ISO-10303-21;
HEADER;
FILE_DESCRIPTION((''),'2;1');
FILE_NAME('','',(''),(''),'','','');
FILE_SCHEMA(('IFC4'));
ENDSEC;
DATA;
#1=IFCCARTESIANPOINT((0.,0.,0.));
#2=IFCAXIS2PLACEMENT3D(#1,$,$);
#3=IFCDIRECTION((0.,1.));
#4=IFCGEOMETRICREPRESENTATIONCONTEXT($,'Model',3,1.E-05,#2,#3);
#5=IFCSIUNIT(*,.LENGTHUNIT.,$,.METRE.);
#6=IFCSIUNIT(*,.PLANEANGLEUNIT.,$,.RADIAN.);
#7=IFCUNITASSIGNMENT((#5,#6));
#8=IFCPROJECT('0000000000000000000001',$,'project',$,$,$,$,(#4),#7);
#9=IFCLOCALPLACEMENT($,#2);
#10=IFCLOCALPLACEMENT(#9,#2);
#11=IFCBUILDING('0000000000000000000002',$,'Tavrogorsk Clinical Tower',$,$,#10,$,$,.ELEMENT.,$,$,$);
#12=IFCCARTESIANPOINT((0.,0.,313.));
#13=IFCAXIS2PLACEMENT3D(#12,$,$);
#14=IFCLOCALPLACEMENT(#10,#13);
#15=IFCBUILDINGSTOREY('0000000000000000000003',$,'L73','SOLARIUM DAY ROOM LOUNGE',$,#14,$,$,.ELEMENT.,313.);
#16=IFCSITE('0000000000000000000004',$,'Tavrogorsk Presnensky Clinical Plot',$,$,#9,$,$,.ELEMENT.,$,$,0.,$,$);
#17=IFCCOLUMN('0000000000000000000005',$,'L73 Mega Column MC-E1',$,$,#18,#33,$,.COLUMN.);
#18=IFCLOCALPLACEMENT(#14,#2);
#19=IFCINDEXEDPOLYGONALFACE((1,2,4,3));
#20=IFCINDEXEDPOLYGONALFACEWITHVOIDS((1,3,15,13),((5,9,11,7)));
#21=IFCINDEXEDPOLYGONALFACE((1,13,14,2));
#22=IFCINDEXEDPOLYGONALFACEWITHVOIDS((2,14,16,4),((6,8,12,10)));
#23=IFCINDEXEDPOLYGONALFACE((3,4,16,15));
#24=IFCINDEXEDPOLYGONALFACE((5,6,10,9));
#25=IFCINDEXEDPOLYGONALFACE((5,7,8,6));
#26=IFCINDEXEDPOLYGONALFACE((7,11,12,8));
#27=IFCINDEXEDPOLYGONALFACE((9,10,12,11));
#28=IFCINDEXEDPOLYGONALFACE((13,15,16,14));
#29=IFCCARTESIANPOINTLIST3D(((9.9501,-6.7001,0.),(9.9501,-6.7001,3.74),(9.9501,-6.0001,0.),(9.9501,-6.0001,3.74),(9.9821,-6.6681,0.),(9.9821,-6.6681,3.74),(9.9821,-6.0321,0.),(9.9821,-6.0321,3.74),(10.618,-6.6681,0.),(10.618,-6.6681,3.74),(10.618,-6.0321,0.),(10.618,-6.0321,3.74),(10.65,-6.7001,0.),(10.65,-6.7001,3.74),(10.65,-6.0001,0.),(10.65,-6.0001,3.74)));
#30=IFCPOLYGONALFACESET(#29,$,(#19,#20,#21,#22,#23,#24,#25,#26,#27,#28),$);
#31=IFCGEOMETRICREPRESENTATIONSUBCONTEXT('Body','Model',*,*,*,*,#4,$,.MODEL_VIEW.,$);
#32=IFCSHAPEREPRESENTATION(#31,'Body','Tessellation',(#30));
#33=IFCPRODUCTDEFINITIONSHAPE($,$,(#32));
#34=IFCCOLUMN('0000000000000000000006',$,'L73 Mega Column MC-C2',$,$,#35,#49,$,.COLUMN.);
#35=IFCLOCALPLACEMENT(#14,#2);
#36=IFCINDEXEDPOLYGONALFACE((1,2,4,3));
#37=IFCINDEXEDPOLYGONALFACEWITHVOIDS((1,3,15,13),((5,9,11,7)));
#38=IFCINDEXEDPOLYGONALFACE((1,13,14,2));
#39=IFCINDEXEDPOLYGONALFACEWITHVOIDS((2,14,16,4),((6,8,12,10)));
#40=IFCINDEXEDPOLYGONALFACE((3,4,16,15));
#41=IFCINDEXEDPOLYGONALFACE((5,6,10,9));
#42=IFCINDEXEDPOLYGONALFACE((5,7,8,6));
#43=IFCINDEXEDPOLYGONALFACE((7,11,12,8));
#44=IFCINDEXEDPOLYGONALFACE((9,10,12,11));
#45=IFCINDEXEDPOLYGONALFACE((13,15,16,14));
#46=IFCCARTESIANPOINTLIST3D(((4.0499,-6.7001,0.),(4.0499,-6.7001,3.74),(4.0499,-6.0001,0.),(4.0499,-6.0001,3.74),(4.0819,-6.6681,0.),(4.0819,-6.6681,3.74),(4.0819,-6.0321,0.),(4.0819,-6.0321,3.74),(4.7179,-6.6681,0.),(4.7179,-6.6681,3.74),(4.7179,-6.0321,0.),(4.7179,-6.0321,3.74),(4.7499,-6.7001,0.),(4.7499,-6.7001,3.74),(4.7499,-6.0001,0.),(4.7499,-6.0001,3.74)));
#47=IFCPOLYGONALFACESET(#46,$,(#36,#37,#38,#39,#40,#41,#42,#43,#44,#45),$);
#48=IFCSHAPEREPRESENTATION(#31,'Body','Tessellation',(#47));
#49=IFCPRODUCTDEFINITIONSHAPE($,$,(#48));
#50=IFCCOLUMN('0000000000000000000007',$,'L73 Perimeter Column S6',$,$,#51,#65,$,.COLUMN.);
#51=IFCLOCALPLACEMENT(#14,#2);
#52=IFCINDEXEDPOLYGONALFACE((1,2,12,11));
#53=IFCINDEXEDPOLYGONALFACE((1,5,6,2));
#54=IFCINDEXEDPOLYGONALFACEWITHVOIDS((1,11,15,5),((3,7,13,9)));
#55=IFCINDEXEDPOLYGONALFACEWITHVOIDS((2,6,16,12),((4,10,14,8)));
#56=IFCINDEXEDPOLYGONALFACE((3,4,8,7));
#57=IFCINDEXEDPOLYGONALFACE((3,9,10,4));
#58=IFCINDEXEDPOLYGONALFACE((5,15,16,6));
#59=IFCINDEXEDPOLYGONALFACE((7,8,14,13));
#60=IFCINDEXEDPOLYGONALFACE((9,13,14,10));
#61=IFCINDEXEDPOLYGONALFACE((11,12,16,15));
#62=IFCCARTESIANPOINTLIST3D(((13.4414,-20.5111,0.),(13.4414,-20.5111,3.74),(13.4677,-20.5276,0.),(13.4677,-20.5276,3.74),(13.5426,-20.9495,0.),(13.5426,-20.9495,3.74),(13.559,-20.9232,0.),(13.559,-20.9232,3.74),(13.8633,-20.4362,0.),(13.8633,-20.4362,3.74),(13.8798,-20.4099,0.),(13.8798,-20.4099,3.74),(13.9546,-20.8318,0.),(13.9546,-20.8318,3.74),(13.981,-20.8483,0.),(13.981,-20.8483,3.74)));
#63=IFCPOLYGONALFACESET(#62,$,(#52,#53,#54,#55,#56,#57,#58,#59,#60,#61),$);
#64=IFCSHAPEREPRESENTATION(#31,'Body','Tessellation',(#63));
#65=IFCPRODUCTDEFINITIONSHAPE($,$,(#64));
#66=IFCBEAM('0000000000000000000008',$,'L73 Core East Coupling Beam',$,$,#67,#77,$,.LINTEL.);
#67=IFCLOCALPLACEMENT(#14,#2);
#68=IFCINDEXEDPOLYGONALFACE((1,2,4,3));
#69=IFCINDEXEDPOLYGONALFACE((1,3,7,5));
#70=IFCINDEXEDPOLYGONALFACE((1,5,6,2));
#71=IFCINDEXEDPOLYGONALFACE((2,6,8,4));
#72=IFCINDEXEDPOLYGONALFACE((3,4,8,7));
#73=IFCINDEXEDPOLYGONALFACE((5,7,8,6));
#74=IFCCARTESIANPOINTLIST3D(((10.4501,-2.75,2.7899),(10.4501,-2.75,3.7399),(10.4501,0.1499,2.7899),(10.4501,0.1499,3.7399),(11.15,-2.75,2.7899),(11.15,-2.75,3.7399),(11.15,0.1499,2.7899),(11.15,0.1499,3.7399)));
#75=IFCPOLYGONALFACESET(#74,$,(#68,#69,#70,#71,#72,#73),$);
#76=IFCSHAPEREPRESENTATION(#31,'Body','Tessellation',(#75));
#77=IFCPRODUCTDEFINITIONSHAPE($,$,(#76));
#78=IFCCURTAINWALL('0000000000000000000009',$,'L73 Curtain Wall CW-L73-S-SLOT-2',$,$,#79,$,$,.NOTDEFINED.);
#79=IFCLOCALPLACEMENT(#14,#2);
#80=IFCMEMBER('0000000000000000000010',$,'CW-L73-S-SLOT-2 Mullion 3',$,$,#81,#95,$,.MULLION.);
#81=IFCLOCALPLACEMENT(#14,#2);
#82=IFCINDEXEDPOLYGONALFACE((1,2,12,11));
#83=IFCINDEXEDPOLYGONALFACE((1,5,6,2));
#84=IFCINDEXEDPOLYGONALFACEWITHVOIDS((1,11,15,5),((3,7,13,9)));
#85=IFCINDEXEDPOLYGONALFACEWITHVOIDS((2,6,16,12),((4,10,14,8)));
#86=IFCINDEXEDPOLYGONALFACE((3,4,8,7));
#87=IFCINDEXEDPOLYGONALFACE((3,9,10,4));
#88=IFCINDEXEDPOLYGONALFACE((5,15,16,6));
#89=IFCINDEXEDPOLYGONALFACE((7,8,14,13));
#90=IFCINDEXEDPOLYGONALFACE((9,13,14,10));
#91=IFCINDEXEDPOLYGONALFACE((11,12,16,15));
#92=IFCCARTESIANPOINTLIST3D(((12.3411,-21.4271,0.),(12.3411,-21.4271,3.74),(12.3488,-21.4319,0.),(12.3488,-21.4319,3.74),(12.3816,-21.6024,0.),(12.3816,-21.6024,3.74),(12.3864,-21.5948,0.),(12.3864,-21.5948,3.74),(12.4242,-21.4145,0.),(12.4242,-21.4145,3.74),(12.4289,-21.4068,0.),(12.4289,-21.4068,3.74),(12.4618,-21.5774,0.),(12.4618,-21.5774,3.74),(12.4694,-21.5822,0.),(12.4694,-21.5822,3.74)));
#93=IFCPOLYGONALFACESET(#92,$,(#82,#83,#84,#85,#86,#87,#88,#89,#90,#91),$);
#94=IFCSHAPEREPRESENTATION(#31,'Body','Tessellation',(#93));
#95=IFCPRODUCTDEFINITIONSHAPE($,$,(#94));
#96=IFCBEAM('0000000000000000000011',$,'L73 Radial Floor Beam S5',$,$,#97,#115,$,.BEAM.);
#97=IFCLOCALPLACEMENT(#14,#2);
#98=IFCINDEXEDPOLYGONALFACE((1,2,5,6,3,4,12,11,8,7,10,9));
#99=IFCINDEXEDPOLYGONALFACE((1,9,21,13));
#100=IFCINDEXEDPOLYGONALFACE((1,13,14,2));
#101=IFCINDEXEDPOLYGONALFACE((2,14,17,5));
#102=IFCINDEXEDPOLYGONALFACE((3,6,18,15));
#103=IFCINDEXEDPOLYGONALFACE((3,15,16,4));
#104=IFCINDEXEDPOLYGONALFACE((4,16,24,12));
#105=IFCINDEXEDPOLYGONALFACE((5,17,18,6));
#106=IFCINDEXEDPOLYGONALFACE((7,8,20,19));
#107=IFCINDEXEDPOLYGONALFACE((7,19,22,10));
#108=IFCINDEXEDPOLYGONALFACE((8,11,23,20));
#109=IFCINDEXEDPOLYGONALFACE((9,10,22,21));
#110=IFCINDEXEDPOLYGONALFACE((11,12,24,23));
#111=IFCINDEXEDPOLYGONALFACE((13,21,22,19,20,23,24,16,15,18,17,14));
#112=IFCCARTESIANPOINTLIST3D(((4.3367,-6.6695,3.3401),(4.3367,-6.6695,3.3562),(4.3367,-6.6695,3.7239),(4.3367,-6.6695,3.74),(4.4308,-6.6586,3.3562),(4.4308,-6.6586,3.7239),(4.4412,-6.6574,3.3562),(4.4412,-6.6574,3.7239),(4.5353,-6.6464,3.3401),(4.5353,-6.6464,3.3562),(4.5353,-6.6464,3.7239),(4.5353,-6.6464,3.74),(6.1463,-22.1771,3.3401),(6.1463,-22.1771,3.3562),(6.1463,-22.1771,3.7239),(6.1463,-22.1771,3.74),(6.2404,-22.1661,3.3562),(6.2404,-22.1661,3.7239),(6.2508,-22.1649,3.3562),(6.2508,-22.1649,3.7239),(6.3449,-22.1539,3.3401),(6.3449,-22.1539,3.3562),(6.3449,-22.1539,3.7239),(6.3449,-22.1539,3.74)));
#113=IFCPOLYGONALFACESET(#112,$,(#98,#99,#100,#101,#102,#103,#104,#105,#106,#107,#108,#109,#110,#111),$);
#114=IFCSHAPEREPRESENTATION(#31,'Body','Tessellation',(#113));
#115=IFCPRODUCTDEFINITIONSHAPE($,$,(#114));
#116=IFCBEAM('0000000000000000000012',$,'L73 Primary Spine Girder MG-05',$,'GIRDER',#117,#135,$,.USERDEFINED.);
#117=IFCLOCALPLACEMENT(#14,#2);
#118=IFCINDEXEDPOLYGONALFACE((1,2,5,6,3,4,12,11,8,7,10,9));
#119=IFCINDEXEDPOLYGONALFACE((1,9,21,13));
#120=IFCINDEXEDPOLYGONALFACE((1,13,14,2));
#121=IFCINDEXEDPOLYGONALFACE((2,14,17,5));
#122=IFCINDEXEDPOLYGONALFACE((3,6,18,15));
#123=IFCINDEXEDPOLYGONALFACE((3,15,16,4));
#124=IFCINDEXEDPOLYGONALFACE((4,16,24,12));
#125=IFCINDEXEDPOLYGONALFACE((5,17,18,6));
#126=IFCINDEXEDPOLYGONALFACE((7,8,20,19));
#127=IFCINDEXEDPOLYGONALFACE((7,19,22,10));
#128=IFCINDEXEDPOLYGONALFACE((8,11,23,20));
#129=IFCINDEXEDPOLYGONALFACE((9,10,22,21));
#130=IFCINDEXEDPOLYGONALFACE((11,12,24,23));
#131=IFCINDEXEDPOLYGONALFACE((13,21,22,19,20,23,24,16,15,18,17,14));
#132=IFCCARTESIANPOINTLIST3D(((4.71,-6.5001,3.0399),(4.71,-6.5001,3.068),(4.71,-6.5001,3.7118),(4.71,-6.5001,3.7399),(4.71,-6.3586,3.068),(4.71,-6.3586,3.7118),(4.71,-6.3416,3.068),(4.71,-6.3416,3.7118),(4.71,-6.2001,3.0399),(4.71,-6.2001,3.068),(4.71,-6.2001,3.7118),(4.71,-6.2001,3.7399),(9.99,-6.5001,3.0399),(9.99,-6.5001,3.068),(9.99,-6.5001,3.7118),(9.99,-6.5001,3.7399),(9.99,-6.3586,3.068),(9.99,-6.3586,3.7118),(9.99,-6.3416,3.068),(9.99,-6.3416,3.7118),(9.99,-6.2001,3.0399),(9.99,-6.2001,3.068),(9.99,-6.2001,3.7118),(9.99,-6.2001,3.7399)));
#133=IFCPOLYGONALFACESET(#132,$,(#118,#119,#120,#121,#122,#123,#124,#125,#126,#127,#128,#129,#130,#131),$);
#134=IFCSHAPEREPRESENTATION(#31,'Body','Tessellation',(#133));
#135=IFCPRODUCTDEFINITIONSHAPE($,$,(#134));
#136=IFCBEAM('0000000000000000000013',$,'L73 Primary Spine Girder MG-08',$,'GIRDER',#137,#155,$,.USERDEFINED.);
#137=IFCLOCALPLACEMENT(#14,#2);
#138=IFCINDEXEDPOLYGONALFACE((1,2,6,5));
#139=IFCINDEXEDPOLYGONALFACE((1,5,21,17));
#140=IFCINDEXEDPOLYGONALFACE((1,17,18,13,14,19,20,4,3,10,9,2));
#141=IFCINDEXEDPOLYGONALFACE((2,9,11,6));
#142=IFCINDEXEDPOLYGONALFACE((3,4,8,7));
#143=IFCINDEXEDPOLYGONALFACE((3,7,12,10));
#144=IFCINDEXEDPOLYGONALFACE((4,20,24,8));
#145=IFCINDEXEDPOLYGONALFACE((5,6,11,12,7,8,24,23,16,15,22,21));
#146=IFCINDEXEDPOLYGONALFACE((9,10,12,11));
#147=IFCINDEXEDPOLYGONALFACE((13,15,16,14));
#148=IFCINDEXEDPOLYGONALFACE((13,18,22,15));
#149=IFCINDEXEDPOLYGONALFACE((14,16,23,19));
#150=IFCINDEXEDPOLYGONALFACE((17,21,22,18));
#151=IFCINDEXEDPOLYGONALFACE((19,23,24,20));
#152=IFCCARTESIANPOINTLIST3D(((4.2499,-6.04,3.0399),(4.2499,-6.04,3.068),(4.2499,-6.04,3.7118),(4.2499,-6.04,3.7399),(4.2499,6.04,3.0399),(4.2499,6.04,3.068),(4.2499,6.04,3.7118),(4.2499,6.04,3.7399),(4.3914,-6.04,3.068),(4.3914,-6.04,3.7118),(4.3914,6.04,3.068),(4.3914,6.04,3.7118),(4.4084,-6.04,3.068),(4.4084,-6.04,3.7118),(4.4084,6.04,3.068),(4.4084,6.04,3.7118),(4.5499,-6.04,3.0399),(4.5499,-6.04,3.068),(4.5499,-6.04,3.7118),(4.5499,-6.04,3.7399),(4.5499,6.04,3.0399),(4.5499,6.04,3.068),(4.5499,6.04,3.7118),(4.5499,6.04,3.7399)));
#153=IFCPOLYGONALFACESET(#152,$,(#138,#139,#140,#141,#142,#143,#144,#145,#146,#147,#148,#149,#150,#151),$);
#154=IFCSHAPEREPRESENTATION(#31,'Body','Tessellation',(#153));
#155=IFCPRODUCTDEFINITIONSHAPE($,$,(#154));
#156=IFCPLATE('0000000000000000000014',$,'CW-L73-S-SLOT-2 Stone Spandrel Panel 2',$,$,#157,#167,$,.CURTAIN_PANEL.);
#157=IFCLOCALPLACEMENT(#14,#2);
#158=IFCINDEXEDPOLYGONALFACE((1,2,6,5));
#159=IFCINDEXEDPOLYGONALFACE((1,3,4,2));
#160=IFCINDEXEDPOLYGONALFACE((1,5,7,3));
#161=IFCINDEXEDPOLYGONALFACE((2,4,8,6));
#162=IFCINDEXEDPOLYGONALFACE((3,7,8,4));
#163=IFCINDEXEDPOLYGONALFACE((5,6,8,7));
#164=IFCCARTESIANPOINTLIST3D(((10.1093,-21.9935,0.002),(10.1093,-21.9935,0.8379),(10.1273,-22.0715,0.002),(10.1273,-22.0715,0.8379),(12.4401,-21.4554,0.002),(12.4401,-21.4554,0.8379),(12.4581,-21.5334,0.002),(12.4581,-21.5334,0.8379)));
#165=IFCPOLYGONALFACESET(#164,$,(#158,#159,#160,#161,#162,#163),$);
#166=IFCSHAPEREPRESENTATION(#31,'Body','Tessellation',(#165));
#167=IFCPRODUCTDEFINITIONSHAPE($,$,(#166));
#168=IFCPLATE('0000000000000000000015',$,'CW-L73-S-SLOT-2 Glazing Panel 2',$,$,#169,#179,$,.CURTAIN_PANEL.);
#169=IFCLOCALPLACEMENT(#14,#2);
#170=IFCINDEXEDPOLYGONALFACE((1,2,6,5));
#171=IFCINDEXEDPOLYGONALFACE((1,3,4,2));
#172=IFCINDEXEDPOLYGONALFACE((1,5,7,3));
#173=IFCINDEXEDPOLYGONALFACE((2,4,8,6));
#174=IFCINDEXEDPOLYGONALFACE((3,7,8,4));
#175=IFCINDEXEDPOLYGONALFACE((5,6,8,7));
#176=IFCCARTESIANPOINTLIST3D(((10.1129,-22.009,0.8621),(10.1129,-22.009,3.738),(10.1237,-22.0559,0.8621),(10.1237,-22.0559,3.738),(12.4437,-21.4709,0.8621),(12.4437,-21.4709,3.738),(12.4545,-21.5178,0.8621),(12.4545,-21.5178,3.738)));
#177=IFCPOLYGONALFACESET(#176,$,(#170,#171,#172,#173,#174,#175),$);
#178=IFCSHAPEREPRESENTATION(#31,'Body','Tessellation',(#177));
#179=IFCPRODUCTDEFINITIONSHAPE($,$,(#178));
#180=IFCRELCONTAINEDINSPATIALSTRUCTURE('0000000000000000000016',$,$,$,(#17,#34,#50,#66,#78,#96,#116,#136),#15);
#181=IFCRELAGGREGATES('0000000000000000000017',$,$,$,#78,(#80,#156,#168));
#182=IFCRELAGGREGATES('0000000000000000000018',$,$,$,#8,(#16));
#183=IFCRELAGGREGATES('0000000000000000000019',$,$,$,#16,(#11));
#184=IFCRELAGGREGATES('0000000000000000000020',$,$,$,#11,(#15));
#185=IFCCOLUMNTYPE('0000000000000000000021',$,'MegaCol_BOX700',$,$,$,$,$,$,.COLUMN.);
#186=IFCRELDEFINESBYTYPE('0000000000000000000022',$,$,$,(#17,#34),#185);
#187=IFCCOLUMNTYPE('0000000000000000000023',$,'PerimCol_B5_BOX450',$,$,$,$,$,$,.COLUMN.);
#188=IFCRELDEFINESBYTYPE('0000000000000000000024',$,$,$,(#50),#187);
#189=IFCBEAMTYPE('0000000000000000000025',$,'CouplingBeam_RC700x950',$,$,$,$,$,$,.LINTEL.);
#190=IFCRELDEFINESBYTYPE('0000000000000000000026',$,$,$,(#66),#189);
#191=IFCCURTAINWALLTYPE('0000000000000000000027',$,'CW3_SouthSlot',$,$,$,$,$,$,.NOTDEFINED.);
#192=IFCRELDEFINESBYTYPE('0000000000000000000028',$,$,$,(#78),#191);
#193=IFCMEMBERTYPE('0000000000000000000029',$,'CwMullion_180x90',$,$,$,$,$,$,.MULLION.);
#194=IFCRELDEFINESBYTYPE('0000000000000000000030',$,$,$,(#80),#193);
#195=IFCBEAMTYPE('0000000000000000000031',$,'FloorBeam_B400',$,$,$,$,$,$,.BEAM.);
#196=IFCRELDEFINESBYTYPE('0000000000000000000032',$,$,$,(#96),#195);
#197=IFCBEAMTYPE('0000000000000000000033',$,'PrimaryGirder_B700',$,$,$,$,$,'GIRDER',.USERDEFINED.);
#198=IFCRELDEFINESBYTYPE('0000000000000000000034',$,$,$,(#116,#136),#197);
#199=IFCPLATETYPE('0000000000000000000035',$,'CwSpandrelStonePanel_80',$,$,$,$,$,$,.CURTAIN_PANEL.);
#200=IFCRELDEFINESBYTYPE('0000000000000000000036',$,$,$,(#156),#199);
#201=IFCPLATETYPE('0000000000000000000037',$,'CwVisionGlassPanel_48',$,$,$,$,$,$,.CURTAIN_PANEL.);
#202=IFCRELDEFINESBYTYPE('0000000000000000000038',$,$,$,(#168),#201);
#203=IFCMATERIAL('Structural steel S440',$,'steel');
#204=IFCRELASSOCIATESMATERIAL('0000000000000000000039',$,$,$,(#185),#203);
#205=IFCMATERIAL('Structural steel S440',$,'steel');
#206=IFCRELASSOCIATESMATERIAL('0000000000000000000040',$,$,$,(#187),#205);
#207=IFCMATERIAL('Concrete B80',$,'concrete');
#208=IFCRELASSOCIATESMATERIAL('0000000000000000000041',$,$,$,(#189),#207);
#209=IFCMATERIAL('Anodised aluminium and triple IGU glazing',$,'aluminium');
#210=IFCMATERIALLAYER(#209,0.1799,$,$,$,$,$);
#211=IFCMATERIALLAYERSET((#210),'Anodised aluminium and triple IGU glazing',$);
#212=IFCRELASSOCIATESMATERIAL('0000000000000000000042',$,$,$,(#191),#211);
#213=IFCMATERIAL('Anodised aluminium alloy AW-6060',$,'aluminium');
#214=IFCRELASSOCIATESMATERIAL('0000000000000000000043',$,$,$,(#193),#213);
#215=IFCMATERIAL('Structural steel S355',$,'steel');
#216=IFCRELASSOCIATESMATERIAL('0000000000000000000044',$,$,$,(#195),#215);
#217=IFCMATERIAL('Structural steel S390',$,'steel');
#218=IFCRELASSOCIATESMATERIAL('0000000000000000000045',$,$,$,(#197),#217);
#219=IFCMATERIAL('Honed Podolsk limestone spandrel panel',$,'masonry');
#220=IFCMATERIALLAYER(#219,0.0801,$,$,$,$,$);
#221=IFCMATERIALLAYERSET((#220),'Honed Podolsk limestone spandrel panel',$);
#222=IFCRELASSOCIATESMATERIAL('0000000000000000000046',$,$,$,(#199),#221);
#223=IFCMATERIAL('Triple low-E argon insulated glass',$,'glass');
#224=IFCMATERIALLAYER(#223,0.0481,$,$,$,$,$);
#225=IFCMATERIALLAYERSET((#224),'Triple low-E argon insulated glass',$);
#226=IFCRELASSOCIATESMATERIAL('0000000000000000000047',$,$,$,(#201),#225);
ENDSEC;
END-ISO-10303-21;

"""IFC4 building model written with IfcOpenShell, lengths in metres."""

from ifc_helpers import new_model, si_unit, direction, frame, origin, origin_2d, place, context, subcontext, project, spatial, rectangle, hollow_rectangle, i_section, extrude, material, layer, layer_set, material_profile, profile_set, type_object, element, aggregate, save


model = new_model("IFC4")

# Units and contexts
model_context = context("Model", 3, precision=1e-05, world=origin(), true_north=direction((0.0, 1.0)))
body_context = subcontext(model_context, "Body", "Model", "MODEL_VIEW")
ifc_project = project(units=[si_unit("LENGTHUNIT", "METRE"), si_unit("PLANEANGLEUNIT", "RADIAN")], contexts=[model_context])

# Site, building, storey
site_placement = place(None, origin())
site = spatial("IfcSite", under=ifc_project, at=site_placement, Name="Tavrogorsk Presnensky Clinical Plot", CompositionType="ELEMENT", RefElevation=0.0)
building_placement = place(site_placement, origin())
building = spatial("IfcBuilding", under=site, at=building_placement, Name="Tavrogorsk Clinical Tower", CompositionType="ELEMENT")
storey_placement = place(building_placement, frame((0.0, 0.0, 313.0)))
storey = spatial("IfcBuildingStorey", under=building, at=storey_placement, Name="L73", Description="SOLARIUM DAY ROOM LOUNGE", CompositionType="ELEMENT", Elevation=313.0)

# Columns
ifc_material_1 = material(Name="Structural steel S440", Category="steel")
ifc_material_profile_1 = material_profile(ifc_material_1, hollow_rectangle(XDim=0.7, YDim=0.7, WallThickness=0.032, at=origin_2d()), Name="BOX-700x700x32")
ifc_profile_set_1 = profile_set([ifc_material_profile_1], Name="Structural steel S440")
column_type_1 = type_object("IfcColumnType", Name="MegaCol_BOX700", PredefinedType="COLUMN", material=ifc_profile_set_1)
for number, where, z_axis, x_axis, name in (
    (1, (10.3, -6.3501, 0.0), (0.0, 0.0, 1.0), (1.0, 0.0, 0.0), "L73 Mega Column MC-E1"),
    (2, (4.3999, -6.3501, 0.0), (0.0, 0.0, 1.0), (1.0, 0.0, 0.0), "L73 Mega Column MC-C2"),
):
    element("IfcColumn", number, at=place(storey_placement, frame(where, z_axis=z_axis, x_axis=x_axis)), inside=storey, type_object=column_type_1, Name=name, PredefinedType="COLUMN", context=body_context, shape_type="SweptSolid", body=[
        extrude(hollow_rectangle(XDim=0.7, YDim=0.7, WallThickness=0.032, at=origin_2d()), origin(), (0.0, 0.0, 1.0), 3.74),
    ])
ifc_material_2 = material(Name="Structural steel S440", Category="steel")
ifc_material_profile_2 = material_profile(ifc_material_2, hollow_rectangle(XDim=0.45, YDim=0.45, WallThickness=0.022, at=origin_2d()), Name="BOX-450x450x22")
ifc_profile_set_2 = profile_set([ifc_material_profile_2], Name="Structural steel S440")
column_type_2 = type_object("IfcColumnType", Name="PerimCol_B5_BOX450", PredefinedType="COLUMN", material=ifc_profile_set_2)
column_placement = place(storey_placement, frame((13.7112, -20.6797, 0.0), z_axis=(0.0, 0.0, 1.0), x_axis=(0.97437, 0.224951, 0.0)))
element("IfcColumn", 3, at=column_placement, inside=storey, type_object=column_type_2, Name="L73 Perimeter Column S6", PredefinedType="COLUMN", context=body_context, shape_type="SweptSolid", body=[
    extrude(hollow_rectangle(XDim=0.45, YDim=0.45, WallThickness=0.022, at=origin_2d()), origin(), (0.0, 0.0, 1.0), 3.74),
])

# Beam
ifc_material_3 = material(Name="Concrete B80", Category="concrete")
ifc_material_profile_3 = material_profile(ifc_material_3, rectangle(XDim=0.7, YDim=0.95, at=origin_2d()), Name="RC-CB-700x950")
ifc_profile_set_3 = profile_set([ifc_material_profile_3], Name="Concrete B80")
beam_type_1 = type_object("IfcBeamType", Name="CouplingBeam_RC700x950", PredefinedType="LINTEL", material=ifc_profile_set_3)
beam_1_placement = place(storey_placement, frame((10.8, -2.75, 3.2649), z_axis=(0.0, 1.0, 0.0), x_axis=(-1.0, 0.0, 0.0)))
element("IfcBeam", 4, at=beam_1_placement, inside=storey, type_object=beam_type_1, Name="L73 Core East Coupling Beam", PredefinedType="LINTEL", context=body_context, shape_type="SweptSolid", body=[
    extrude(rectangle(XDim=0.7, YDim=0.95, at=origin_2d()), origin(), (0.0, 0.0, 1.0), 2.8999),
])

# Curtain wall, member
ifc_material_4 = material(Name="Anodised aluminium and triple IGU glazing", Category="aluminium")
ifc_layer_1 = layer(ifc_material_4, 0.1799)
ifc_layer_set_1 = layer_set([ifc_layer_1], Name="Anodised aluminium and triple IGU glazing")
curtain_wall_type = type_object("IfcCurtainWallType", Name="CW3_SouthSlot", PredefinedType="NOTDEFINED", material=ifc_layer_set_1)
curtain_wall_placement = place(storey_placement, origin())
curtain_wall = element("IfcCurtainWall", 5, at=curtain_wall_placement, inside=storey, type_object=curtain_wall_type, Name="L73 Curtain Wall CW-L73-S-SLOT-2", PredefinedType="NOTDEFINED")
ifc_material_5 = material(Name="Anodised aluminium alloy AW-6060", Category="aluminium")
ifc_material_profile_4 = material_profile(ifc_material_5, hollow_rectangle(XDim=0.0901, YDim=0.1799, WallThickness=0.0063, at=origin_2d()), Name="RHS-180x90x6.3")
ifc_profile_set_4 = profile_set([ifc_material_profile_4], Name="Anodised aluminium alloy AW-6060")
member_type = type_object("IfcMemberType", Name="CwMullion_180x90", PredefinedType="MULLION", material=ifc_profile_set_4)
member_placement = place(storey_placement, frame((12.4053, -21.5046, 0.0), z_axis=(0.0, 0.0, 1.0), x_axis=(0.97437, 0.224951, 0.0)))
member = element("IfcMember", 6, at=member_placement, type_object=member_type, Name="CW-L73-S-SLOT-2 Mullion 3", PredefinedType="MULLION", context=body_context, shape_type="SweptSolid", body=[
    extrude(hollow_rectangle(XDim=0.0901, YDim=0.1799, WallThickness=0.0063, at=origin_2d()), origin(), (0.0, 0.0, 1.0), 3.74),
])

# Beams
ifc_material_6 = material(Name="Structural steel S355", Category="steel")
ifc_material_profile_5 = material_profile(ifc_material_6, i_section(OverallWidth=0.2, OverallDepth=0.3999, WebThickness=0.0105, FlangeThickness=0.0161, at=origin_2d()), Name="B-400x200x10.5x16")
ifc_profile_set_5 = profile_set([ifc_material_profile_5], Name="Structural steel S355")
beam_type_2 = type_object("IfcBeamType", Name="FloorBeam_B400", PredefinedType="BEAM", material=ifc_profile_set_5)
beam_2_placement = place(storey_placement, frame((4.436, -6.658, 3.54), z_axis=(0.115903, -0.993261, 0.0), x_axis=(0.993261, 0.115903, 0.0)))
element("IfcBeam", 7, at=beam_2_placement, inside=storey, type_object=beam_type_2, Name="L73 Radial Floor Beam S5", PredefinedType="BEAM", context=body_context, shape_type="SweptSolid", body=[
    extrude(i_section(OverallWidth=0.2, OverallDepth=0.3999, WebThickness=0.0105, FlangeThickness=0.0161, at=origin_2d()), origin(), (0.0, 0.0, 1.0), 15.6128),
])
ifc_material_7 = material(Name="Structural steel S390", Category="steel")
ifc_material_profile_6 = material_profile(ifc_material_7, i_section(OverallWidth=0.3, OverallDepth=0.7, WebThickness=0.0171, FlangeThickness=0.0281, at=origin_2d()), Name="B-700x300x17x28")
ifc_profile_set_6 = profile_set([ifc_material_profile_6], Name="Structural steel S390")
beam_type_3 = type_object("IfcBeamType", Name="PrimaryGirder_B700", ElementType="GIRDER", PredefinedType="USERDEFINED", material=ifc_profile_set_6)
beam_3_placement = place(storey_placement, frame((4.71, -6.3501, 3.3899), z_axis=(1.0, 0.0, 0.0), x_axis=(0.0, 1.0, 0.0)))
element("IfcBeam", 8, at=beam_3_placement, inside=storey, type_object=beam_type_3, Name="L73 Primary Spine Girder MG-05", ObjectType="GIRDER", PredefinedType="USERDEFINED", context=body_context, shape_type="SweptSolid", body=[
    extrude(i_section(OverallWidth=0.3, OverallDepth=0.7, WebThickness=0.0171, FlangeThickness=0.0281, at=origin_2d()), origin(), (0.0, 0.0, 1.0), 5.28),
])
beam_4_placement = place(storey_placement, frame((4.3999, -6.04, 3.3899), z_axis=(0.0, 1.0, 0.0), x_axis=(-1.0, 0.0, 0.0)))
element("IfcBeam", 9, at=beam_4_placement, inside=storey, type_object=beam_type_3, Name="L73 Primary Spine Girder MG-08", ObjectType="GIRDER", PredefinedType="USERDEFINED", context=body_context, shape_type="SweptSolid", body=[
    extrude(i_section(OverallWidth=0.3, OverallDepth=0.7, WebThickness=0.0171, FlangeThickness=0.0281, at=origin_2d()), origin(), (0.0, 0.0, 1.0), 12.0801),
])

# Plates
ifc_material_8 = material(Name="Honed Podolsk limestone spandrel panel", Category="masonry")
ifc_layer_2 = layer(ifc_material_8, 0.0801)
ifc_layer_set_2 = layer_set([ifc_layer_2], Name="Honed Podolsk limestone spandrel panel")
plate_type_1 = type_object("IfcPlateType", Name="CwSpandrelStonePanel_80", PredefinedType="CURTAIN_PANEL", material=ifc_layer_set_2)
plate_1_placement = place(storey_placement, frame((11.2837, -21.7634, 0.002), z_axis=(0.0, 0.0, 1.0), x_axis=(0.97437, 0.224951, 0.0)))
plate_1 = element("IfcPlate", 10, at=plate_1_placement, type_object=plate_type_1, Name="CW-L73-S-SLOT-2 Stone Spandrel Panel 2", PredefinedType="CURTAIN_PANEL", context=body_context, shape_type="SweptSolid", body=[
    extrude(rectangle(XDim=2.3921, YDim=0.0801, at=origin_2d()), origin(), (0.0, 0.0, 1.0), 0.8359),
])
ifc_material_9 = material(Name="Triple low-E argon insulated glass", Category="glass")
ifc_layer_3 = layer(ifc_material_9, 0.0481)
ifc_layer_set_3 = layer_set([ifc_layer_3], Name="Triple low-E argon insulated glass")
plate_type_2 = type_object("IfcPlateType", Name="CwVisionGlassPanel_48", PredefinedType="CURTAIN_PANEL", material=ifc_layer_set_3)
plate_2_placement = place(storey_placement, frame((11.2837, -21.7634, 0.8621), z_axis=(0.0, 0.0, 1.0), x_axis=(0.97437, 0.224951, 0.0)))
plate_2 = element("IfcPlate", 11, at=plate_2_placement, type_object=plate_type_2, Name="CW-L73-S-SLOT-2 Glazing Panel 2", PredefinedType="CURTAIN_PANEL", context=body_context, shape_type="SweptSolid", body=[
    extrude(rectangle(XDim=2.3921, YDim=0.0481, at=origin_2d()), origin(), (0.0, 0.0, 1.0), 2.876),
])
aggregate(curtain_wall, [member, plate_1, plate_2])

save(model, "model.ifc")
